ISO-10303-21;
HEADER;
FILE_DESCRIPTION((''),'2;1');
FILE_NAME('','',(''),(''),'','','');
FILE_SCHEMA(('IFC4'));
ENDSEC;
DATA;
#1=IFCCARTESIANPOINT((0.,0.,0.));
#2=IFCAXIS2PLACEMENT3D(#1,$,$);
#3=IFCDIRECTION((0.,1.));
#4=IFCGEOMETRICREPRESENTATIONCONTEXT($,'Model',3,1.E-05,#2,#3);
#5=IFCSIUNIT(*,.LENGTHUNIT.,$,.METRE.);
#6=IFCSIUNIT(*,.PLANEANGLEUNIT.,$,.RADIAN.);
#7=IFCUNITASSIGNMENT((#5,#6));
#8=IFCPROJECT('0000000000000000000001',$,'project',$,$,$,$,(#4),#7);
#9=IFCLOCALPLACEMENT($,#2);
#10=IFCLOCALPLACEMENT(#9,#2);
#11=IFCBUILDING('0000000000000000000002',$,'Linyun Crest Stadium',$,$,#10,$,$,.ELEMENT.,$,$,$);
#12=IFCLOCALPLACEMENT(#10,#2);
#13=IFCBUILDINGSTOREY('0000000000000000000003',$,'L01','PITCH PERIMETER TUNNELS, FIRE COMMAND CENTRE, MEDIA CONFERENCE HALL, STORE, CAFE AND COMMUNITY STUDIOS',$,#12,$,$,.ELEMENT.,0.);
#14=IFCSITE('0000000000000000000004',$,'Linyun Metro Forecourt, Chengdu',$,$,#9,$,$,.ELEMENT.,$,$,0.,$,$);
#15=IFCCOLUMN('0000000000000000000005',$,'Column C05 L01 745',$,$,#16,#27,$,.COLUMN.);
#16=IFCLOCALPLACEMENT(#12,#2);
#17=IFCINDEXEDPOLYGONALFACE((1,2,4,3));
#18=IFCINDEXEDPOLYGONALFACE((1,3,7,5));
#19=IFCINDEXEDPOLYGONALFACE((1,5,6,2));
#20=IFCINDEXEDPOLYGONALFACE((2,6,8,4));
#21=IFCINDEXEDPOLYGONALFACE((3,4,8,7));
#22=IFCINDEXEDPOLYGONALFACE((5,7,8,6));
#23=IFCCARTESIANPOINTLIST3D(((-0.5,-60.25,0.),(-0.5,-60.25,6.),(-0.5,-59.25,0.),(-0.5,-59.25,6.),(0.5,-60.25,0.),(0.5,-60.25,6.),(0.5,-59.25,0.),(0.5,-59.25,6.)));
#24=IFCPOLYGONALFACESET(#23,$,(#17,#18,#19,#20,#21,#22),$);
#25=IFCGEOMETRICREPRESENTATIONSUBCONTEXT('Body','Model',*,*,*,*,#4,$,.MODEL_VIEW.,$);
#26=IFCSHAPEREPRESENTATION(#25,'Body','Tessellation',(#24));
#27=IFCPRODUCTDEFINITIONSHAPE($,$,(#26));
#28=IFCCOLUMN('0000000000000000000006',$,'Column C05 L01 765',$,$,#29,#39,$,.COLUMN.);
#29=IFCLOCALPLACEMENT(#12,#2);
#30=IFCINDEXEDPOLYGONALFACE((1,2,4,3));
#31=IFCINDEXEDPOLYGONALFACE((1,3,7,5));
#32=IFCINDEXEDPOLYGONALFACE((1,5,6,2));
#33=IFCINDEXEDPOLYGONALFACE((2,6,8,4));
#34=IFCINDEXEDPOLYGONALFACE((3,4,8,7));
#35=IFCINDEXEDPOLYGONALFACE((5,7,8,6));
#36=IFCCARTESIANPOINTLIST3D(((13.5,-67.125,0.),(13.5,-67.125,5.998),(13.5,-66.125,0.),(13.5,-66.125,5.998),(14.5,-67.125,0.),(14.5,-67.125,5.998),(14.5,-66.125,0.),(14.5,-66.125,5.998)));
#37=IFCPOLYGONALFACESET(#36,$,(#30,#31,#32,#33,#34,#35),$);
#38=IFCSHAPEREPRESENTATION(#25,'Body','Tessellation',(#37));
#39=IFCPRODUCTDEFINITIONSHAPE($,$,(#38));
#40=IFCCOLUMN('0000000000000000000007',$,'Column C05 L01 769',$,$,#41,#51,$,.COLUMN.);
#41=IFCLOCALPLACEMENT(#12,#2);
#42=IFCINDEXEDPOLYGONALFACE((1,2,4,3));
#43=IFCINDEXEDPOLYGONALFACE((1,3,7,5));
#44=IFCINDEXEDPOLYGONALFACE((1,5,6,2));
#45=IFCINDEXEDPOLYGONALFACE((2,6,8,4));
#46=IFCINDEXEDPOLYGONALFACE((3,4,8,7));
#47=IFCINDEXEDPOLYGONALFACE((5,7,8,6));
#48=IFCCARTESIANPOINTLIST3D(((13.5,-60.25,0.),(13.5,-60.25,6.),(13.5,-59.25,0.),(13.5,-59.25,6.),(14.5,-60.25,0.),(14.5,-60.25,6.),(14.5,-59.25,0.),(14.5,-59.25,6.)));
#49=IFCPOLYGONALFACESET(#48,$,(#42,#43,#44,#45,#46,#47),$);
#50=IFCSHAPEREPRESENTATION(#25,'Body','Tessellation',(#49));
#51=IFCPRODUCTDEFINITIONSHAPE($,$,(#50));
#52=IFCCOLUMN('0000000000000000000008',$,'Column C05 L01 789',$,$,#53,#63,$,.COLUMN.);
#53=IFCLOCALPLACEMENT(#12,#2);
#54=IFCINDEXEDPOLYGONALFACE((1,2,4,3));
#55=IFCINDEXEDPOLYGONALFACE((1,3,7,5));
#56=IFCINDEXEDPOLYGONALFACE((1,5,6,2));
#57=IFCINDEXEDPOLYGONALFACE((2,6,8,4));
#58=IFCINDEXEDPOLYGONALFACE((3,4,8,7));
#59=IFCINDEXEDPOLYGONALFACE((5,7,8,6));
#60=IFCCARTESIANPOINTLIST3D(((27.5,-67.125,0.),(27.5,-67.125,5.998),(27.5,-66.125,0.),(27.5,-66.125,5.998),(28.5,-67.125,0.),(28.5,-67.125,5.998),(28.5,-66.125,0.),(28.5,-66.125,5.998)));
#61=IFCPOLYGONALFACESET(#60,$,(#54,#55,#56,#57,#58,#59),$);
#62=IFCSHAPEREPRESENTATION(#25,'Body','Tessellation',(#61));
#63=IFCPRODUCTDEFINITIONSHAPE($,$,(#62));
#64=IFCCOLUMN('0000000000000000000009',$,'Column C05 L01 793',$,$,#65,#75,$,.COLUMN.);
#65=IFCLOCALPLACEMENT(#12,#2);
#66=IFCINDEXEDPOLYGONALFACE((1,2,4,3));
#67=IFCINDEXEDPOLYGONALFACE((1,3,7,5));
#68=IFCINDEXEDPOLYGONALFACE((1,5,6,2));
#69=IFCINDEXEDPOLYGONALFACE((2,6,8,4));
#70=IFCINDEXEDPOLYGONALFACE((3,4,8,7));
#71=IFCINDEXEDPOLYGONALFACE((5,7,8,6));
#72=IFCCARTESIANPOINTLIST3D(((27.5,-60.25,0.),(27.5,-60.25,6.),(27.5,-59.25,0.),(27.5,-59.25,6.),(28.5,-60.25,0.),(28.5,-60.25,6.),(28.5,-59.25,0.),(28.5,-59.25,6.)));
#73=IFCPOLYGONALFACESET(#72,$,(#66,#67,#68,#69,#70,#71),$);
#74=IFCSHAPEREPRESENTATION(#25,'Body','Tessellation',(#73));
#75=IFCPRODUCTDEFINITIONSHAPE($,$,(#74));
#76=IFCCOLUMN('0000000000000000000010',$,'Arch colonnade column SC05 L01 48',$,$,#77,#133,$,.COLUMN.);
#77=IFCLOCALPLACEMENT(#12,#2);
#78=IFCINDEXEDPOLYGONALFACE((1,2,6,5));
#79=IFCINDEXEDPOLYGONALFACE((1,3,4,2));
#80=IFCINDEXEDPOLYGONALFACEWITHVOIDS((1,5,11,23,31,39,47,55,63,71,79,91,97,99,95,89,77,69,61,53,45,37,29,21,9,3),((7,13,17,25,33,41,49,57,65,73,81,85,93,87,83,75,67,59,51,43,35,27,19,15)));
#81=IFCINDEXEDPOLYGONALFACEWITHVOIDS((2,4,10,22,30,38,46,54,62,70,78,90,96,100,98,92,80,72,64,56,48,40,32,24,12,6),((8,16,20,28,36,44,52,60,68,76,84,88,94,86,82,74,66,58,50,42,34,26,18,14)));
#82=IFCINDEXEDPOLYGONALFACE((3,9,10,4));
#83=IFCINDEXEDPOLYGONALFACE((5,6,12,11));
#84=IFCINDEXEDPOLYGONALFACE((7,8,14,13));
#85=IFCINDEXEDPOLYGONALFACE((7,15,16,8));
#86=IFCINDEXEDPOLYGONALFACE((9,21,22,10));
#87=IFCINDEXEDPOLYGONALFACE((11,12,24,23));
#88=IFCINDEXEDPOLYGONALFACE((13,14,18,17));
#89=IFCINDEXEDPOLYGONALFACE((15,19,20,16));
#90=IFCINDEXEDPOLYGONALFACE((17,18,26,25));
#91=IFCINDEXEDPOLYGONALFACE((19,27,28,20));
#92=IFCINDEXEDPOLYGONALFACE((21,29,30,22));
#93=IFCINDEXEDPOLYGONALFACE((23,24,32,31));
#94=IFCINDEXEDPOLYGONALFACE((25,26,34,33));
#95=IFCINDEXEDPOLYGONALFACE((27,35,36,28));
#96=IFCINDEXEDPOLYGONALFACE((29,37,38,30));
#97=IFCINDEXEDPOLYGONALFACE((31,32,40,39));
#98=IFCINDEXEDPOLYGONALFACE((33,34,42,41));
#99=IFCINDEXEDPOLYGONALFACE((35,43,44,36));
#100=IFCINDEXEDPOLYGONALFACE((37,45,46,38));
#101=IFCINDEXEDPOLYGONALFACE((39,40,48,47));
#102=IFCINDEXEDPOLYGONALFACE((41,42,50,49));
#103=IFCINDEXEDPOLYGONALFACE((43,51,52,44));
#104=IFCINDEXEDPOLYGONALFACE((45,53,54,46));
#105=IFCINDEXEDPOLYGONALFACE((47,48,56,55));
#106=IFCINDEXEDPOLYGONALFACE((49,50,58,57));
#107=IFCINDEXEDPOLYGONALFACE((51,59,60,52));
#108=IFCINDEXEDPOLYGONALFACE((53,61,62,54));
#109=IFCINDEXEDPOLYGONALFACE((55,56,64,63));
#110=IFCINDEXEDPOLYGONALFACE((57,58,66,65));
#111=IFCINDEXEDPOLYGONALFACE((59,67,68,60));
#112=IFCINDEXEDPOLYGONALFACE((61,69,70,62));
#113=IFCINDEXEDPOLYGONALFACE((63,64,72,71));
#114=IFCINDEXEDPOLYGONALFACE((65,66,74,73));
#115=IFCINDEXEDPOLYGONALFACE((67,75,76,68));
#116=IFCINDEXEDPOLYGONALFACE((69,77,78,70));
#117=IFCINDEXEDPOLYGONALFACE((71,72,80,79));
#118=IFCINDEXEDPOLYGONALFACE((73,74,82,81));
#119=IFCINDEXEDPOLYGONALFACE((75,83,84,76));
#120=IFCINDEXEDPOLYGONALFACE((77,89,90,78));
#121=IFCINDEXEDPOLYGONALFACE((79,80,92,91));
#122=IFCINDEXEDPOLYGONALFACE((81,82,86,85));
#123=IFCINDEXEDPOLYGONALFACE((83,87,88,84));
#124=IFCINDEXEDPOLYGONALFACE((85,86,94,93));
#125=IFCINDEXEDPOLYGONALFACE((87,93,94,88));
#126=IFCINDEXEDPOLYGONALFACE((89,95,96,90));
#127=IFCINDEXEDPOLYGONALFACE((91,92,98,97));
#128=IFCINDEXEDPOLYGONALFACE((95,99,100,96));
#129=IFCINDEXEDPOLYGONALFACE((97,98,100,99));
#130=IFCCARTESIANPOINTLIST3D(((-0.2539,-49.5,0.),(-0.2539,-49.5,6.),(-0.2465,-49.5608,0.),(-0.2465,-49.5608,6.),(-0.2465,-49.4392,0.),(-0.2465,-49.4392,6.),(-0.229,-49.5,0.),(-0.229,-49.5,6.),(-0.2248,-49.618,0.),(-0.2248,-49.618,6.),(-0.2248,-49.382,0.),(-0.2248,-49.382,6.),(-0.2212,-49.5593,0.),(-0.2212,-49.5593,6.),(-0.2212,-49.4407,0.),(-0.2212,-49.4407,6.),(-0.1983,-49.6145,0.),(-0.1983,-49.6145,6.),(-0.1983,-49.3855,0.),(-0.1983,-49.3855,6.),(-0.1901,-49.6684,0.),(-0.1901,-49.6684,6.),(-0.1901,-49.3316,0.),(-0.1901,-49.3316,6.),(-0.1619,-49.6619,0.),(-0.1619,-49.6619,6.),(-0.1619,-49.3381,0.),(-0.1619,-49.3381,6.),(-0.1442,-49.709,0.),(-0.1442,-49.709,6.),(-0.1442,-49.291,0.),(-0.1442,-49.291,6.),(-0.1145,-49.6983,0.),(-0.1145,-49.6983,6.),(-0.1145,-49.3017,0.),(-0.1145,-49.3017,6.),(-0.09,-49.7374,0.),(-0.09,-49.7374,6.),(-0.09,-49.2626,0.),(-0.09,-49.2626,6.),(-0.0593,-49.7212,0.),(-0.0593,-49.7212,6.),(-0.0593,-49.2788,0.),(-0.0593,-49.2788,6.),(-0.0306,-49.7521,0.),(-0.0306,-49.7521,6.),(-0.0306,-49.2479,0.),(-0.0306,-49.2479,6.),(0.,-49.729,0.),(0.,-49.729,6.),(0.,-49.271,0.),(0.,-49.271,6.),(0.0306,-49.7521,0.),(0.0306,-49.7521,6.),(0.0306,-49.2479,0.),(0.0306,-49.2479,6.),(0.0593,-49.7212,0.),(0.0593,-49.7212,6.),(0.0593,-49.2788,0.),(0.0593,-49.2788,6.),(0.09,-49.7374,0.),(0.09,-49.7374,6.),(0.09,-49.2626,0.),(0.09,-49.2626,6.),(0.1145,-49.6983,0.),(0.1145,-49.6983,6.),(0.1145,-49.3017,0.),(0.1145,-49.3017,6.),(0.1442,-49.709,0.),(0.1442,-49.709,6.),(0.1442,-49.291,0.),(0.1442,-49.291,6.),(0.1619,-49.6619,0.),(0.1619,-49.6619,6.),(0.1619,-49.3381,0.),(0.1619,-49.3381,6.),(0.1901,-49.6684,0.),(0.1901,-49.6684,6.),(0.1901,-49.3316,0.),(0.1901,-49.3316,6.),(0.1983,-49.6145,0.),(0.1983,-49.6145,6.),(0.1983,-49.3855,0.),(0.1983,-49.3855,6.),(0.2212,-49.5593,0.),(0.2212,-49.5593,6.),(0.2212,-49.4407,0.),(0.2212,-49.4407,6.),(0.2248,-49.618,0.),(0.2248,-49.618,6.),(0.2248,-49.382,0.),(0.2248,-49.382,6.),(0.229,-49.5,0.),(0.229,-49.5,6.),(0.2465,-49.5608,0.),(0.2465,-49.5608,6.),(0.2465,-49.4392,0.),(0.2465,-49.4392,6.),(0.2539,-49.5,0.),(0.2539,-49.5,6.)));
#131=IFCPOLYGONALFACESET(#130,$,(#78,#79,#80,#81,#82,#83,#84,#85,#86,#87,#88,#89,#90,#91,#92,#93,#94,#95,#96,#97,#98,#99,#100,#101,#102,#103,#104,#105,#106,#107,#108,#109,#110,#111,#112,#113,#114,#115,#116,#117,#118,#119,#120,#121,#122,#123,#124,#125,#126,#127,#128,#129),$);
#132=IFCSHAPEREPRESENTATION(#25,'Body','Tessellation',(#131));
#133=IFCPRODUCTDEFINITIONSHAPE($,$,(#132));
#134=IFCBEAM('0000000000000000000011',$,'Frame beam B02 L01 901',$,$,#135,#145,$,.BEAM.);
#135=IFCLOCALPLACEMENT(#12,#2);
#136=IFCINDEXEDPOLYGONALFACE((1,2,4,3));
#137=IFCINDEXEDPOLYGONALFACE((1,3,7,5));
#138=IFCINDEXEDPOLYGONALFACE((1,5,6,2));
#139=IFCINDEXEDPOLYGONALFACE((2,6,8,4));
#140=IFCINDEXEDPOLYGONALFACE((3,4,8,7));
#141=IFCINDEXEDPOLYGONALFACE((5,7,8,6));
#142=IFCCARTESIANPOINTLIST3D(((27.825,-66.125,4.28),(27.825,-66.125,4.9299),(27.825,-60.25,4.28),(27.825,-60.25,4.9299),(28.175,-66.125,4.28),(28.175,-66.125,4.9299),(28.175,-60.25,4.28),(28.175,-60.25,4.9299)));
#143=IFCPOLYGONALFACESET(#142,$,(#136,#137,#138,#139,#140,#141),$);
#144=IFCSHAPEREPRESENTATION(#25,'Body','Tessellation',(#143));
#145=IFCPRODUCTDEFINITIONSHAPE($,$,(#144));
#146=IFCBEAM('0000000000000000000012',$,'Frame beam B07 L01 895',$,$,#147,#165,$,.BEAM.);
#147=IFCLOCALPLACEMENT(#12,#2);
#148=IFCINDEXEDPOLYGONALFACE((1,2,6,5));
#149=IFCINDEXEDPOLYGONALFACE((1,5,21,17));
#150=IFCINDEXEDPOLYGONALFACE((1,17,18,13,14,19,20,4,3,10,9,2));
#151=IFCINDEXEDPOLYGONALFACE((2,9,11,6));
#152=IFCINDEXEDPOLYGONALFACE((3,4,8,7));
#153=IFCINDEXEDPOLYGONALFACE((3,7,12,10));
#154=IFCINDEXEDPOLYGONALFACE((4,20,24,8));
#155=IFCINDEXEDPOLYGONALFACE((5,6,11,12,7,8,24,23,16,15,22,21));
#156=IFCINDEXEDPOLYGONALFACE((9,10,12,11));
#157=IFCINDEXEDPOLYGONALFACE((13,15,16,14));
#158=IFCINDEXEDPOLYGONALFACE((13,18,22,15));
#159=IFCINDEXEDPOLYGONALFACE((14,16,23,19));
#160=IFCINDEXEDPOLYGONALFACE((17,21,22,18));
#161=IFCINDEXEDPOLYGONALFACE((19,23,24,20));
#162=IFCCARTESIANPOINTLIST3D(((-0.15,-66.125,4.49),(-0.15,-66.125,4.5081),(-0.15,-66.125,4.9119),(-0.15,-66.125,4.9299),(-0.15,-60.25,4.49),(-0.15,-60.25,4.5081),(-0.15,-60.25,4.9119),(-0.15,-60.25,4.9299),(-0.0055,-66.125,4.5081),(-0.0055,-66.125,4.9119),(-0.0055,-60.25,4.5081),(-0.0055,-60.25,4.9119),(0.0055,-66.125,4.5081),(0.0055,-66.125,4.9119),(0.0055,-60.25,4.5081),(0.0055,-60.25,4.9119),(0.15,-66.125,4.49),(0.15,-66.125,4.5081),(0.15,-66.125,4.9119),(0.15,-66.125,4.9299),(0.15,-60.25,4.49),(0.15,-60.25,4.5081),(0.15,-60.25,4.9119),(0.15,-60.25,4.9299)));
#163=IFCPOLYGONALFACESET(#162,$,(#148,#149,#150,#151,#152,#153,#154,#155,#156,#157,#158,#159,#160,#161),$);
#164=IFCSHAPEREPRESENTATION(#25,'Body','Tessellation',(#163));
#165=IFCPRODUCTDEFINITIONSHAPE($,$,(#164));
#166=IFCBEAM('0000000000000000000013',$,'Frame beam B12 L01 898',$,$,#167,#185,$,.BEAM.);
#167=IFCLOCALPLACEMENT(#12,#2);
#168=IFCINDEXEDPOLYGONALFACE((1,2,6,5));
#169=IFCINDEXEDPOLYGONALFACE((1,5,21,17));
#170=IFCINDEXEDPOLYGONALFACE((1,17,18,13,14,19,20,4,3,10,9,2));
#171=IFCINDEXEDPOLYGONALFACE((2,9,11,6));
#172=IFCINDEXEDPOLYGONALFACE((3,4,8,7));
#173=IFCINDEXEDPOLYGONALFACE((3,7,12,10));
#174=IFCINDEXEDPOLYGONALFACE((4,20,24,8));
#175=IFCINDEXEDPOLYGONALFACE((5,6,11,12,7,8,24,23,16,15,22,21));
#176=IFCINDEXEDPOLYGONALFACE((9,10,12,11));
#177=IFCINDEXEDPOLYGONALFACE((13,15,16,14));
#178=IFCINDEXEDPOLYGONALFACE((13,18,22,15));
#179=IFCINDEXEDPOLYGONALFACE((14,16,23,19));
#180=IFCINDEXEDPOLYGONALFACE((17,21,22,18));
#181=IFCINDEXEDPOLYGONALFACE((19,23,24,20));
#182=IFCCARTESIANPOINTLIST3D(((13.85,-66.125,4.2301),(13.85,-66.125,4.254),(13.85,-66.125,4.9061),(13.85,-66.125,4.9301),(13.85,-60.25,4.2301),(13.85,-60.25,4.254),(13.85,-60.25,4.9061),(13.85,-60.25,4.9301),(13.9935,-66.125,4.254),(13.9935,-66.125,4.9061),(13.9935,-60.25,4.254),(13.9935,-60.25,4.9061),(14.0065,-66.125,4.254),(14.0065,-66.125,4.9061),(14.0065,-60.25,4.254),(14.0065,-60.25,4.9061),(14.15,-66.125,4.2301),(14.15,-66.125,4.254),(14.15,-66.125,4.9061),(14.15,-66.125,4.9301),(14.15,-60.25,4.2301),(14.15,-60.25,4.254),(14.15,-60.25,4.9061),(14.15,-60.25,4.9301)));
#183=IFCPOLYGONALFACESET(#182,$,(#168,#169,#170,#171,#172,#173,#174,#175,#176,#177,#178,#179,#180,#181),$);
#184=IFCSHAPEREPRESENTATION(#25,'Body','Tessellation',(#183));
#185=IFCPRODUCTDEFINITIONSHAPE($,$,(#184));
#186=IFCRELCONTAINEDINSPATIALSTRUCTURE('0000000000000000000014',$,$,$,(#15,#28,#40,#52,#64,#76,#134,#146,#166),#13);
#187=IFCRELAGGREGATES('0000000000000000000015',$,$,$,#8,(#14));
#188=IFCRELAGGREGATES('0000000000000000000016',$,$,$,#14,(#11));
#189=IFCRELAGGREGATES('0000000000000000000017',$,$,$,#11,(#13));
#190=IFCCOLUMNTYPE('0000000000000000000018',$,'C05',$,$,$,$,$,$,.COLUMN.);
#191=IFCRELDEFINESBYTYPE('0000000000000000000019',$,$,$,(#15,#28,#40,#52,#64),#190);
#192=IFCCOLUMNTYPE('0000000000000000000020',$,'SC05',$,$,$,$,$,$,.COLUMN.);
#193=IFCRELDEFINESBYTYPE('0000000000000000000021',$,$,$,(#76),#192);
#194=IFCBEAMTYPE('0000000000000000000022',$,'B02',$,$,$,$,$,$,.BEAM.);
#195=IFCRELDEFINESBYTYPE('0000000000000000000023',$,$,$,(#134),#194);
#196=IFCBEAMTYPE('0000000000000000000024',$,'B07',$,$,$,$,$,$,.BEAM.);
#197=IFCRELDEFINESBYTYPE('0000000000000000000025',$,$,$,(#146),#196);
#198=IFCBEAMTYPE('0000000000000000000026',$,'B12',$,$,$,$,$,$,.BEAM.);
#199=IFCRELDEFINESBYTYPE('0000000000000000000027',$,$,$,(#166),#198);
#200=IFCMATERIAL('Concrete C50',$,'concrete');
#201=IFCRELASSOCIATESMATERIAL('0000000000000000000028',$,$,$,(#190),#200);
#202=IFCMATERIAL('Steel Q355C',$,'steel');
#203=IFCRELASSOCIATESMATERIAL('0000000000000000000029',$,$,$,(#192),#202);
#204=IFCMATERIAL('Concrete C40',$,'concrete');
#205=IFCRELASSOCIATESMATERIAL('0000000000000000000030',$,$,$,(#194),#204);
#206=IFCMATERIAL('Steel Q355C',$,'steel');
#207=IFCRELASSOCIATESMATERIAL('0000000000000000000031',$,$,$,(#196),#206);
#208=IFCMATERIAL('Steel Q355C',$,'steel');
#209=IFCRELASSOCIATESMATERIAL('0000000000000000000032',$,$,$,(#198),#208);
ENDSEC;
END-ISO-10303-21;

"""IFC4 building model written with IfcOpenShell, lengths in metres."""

from ifc_helpers import new_model, si_unit, direction, frame, origin, origin_2d, place, context, subcontext, project, spatial, rectangle, hollow_circle, i_section, extrude, material, material_profile, profile_set, type_object, element, save


model = new_model("IFC4")

# Units and contexts
model_context = context("Model", 3, precision=1e-05, world=origin(), true_north=direction((0.0, 1.0)))
body_context = subcontext(model_context, "Body", "Model", "MODEL_VIEW")
ifc_project = project(units=[si_unit("LENGTHUNIT", "METRE"), si_unit("PLANEANGLEUNIT", "RADIAN")], contexts=[model_context])

# Site, building, storey
site_placement = place(None, origin())
site = spatial("IfcSite", under=ifc_project, at=site_placement, Name="Linyun Metro Forecourt, Chengdu", CompositionType="ELEMENT", RefElevation=0.0)
building_placement = place(site_placement, origin())
building = spatial("IfcBuilding", under=site, at=building_placement, Name="Linyun Crest Stadium", CompositionType="ELEMENT")
storey_placement = place(building_placement, origin())
storey = spatial("IfcBuildingStorey", under=building, at=storey_placement, Name="L01", Description="PITCH PERIMETER TUNNELS, FIRE COMMAND CENTRE, MEDIA CONFERENCE HALL, STORE, CAFE AND COMMUNITY STUDIOS", CompositionType="ELEMENT", Elevation=0.0)

# Columns
ifc_material_1 = material(Name="Concrete C50", Category="concrete")
ifc_material_profile_1 = material_profile(ifc_material_1, rectangle(XDim=1.0, YDim=1.0, at=origin_2d()), Name="RC 1000x1000")
ifc_profile_set_1 = profile_set([ifc_material_profile_1], Name="Concrete C50")
column_type_1 = type_object("IfcColumnType", Name="C05", PredefinedType="COLUMN", material=ifc_profile_set_1)
column_1_placement = place(storey_placement, frame((0.0, -59.75, 0.0), z_axis=(0.0, 0.0, 1.0), x_axis=(1.0, 0.0, 0.0)))
element("IfcColumn", 1, at=column_1_placement, inside=storey, type_object=column_type_1, Name="Column C05 L01 745", PredefinedType="COLUMN", context=body_context, shape_type="SweptSolid", body=[
    extrude(rectangle(XDim=1.0, YDim=1.0, at=origin_2d()), origin(), (0.0, 0.0, 1.0), 6.0),
])
column_2_placement = place(storey_placement, frame((14.0, -66.625, 0.0), z_axis=(0.0, 0.0, 1.0), x_axis=(1.0, 0.0, 0.0)))
element("IfcColumn", 2, at=column_2_placement, inside=storey, type_object=column_type_1, Name="Column C05 L01 765", PredefinedType="COLUMN", context=body_context, shape_type="SweptSolid", body=[
    extrude(rectangle(XDim=1.0, YDim=1.0, at=origin_2d()), origin(), (0.0, 0.0, 1.0), 5.998),
])
column_3_placement = place(storey_placement, frame((14.0, -59.75, 0.0), z_axis=(0.0, 0.0, 1.0), x_axis=(1.0, 0.0, 0.0)))
element("IfcColumn", 3, at=column_3_placement, inside=storey, type_object=column_type_1, Name="Column C05 L01 769", PredefinedType="COLUMN", context=body_context, shape_type="SweptSolid", body=[
    extrude(rectangle(XDim=1.0, YDim=1.0, at=origin_2d()), origin(), (0.0, 0.0, 1.0), 6.0),
])
column_4_placement = place(storey_placement, frame((28.0, -66.625, 0.0), z_axis=(0.0, 0.0, 1.0), x_axis=(1.0, 0.0, 0.0)))
element("IfcColumn", 4, at=column_4_placement, inside=storey, type_object=column_type_1, Name="Column C05 L01 789", PredefinedType="COLUMN", context=body_context, shape_type="SweptSolid", body=[
    extrude(rectangle(XDim=1.0, YDim=1.0, at=origin_2d()), origin(), (0.0, 0.0, 1.0), 5.998),
])
column_5_placement = place(storey_placement, frame((28.0, -59.75, 0.0), z_axis=(0.0, 0.0, 1.0), x_axis=(1.0, 0.0, 0.0)))
element("IfcColumn", 5, at=column_5_placement, inside=storey, type_object=column_type_1, Name="Column C05 L01 793", PredefinedType="COLUMN", context=body_context, shape_type="SweptSolid", body=[
    extrude(rectangle(XDim=1.0, YDim=1.0, at=origin_2d()), origin(), (0.0, 0.0, 1.0), 6.0),
])
ifc_material_2 = material(Name="Steel Q355C", Category="steel")
ifc_material_profile_2 = material_profile(ifc_material_2, hollow_circle(Radius=0.2539, WallThickness=0.0249, at=origin_2d()), Name="CHS 508x25")
ifc_profile_set_2 = profile_set([ifc_material_profile_2], Name="Steel Q355C")
column_type_2 = type_object("IfcColumnType", Name="SC05", PredefinedType="COLUMN", material=ifc_profile_set_2)
column_6_placement = place(storey_placement, frame((0.0, -49.5, 0.0), z_axis=(0.0, 0.0, 1.0), x_axis=(1.0, 0.0, 0.0)))
element("IfcColumn", 6, at=column_6_placement, inside=storey, type_object=column_type_2, Name="Arch colonnade column SC05 L01 48", PredefinedType="COLUMN", context=body_context, shape_type="SweptSolid", body=[
    extrude(hollow_circle(Radius=0.2539, WallThickness=0.0249, at=origin_2d()), origin(), (0.0, 0.0, 1.0), 6.0),
])

# Beams
ifc_material_3 = material(Name="Concrete C40", Category="concrete")
ifc_material_profile_3 = material_profile(ifc_material_3, rectangle(XDim=0.3501, YDim=0.6499, at=origin_2d()), Name="RCB 650x350")
ifc_profile_set_3 = profile_set([ifc_material_profile_3], Name="Concrete C40")
beam_type_1 = type_object("IfcBeamType", Name="B02", PredefinedType="BEAM", material=ifc_profile_set_3)
beam_1_placement = place(storey_placement, frame((28.0, -66.125, 4.605), z_axis=(0.0, 1.0, 0.0), x_axis=(-1.0, 0.0, 0.0)))
element("IfcBeam", 7, at=beam_1_placement, inside=storey, type_object=beam_type_1, Name="Frame beam B02 L01 901", PredefinedType="BEAM", context=body_context, shape_type="SweptSolid", body=[
    extrude(rectangle(XDim=0.3501, YDim=0.6499, at=origin_2d()), origin(), (0.0, 0.0, 1.0), 5.875),
])
ifc_material_4 = material(Name="Steel Q355C", Category="steel")
ifc_material_profile_4 = material_profile(ifc_material_4, i_section(OverallWidth=0.3, OverallDepth=0.4399, WebThickness=0.011, FlangeThickness=0.0181, at=origin_2d()), Name="HM 440x300")
ifc_profile_set_4 = profile_set([ifc_material_profile_4], Name="Steel Q355C")
beam_type_2 = type_object("IfcBeamType", Name="B07", PredefinedType="BEAM", material=ifc_profile_set_4)
beam_2_placement = place(storey_placement, frame((0.0, -66.125, 4.71), z_axis=(0.0, 1.0, 0.0), x_axis=(-1.0, 0.0, 0.0)))
element("IfcBeam", 8, at=beam_2_placement, inside=storey, type_object=beam_type_2, Name="Frame beam B07 L01 895", PredefinedType="BEAM", context=body_context, shape_type="SweptSolid", body=[
    extrude(i_section(OverallWidth=0.3, OverallDepth=0.4399, WebThickness=0.011, FlangeThickness=0.0181, at=origin_2d()), origin(), (0.0, 0.0, 1.0), 5.875),
])
ifc_material_5 = material(Name="Steel Q355C", Category="steel")
ifc_material_profile_5 = material_profile(ifc_material_5, i_section(OverallWidth=0.3, OverallDepth=0.7, WebThickness=0.0129, FlangeThickness=0.0239, at=origin_2d()), Name="HN 700x300")
ifc_profile_set_5 = profile_set([ifc_material_profile_5], Name="Steel Q355C")
beam_type_3 = type_object("IfcBeamType", Name="B12", PredefinedType="BEAM", material=ifc_profile_set_5)
beam_3_placement = place(storey_placement, frame((14.0, -66.125, 4.5801), z_axis=(0.0, 1.0, 0.0), x_axis=(-1.0, 0.0, 0.0)))
element("IfcBeam", 9, at=beam_3_placement, inside=storey, type_object=beam_type_3, Name="Frame beam B12 L01 898", PredefinedType="BEAM", context=body_context, shape_type="SweptSolid", body=[
    extrude(i_section(OverallWidth=0.3, OverallDepth=0.7, WebThickness=0.0129, FlangeThickness=0.0239, at=origin_2d()), origin(), (0.0, 0.0, 1.0), 5.875),
])

save(model, "model.ifc")
